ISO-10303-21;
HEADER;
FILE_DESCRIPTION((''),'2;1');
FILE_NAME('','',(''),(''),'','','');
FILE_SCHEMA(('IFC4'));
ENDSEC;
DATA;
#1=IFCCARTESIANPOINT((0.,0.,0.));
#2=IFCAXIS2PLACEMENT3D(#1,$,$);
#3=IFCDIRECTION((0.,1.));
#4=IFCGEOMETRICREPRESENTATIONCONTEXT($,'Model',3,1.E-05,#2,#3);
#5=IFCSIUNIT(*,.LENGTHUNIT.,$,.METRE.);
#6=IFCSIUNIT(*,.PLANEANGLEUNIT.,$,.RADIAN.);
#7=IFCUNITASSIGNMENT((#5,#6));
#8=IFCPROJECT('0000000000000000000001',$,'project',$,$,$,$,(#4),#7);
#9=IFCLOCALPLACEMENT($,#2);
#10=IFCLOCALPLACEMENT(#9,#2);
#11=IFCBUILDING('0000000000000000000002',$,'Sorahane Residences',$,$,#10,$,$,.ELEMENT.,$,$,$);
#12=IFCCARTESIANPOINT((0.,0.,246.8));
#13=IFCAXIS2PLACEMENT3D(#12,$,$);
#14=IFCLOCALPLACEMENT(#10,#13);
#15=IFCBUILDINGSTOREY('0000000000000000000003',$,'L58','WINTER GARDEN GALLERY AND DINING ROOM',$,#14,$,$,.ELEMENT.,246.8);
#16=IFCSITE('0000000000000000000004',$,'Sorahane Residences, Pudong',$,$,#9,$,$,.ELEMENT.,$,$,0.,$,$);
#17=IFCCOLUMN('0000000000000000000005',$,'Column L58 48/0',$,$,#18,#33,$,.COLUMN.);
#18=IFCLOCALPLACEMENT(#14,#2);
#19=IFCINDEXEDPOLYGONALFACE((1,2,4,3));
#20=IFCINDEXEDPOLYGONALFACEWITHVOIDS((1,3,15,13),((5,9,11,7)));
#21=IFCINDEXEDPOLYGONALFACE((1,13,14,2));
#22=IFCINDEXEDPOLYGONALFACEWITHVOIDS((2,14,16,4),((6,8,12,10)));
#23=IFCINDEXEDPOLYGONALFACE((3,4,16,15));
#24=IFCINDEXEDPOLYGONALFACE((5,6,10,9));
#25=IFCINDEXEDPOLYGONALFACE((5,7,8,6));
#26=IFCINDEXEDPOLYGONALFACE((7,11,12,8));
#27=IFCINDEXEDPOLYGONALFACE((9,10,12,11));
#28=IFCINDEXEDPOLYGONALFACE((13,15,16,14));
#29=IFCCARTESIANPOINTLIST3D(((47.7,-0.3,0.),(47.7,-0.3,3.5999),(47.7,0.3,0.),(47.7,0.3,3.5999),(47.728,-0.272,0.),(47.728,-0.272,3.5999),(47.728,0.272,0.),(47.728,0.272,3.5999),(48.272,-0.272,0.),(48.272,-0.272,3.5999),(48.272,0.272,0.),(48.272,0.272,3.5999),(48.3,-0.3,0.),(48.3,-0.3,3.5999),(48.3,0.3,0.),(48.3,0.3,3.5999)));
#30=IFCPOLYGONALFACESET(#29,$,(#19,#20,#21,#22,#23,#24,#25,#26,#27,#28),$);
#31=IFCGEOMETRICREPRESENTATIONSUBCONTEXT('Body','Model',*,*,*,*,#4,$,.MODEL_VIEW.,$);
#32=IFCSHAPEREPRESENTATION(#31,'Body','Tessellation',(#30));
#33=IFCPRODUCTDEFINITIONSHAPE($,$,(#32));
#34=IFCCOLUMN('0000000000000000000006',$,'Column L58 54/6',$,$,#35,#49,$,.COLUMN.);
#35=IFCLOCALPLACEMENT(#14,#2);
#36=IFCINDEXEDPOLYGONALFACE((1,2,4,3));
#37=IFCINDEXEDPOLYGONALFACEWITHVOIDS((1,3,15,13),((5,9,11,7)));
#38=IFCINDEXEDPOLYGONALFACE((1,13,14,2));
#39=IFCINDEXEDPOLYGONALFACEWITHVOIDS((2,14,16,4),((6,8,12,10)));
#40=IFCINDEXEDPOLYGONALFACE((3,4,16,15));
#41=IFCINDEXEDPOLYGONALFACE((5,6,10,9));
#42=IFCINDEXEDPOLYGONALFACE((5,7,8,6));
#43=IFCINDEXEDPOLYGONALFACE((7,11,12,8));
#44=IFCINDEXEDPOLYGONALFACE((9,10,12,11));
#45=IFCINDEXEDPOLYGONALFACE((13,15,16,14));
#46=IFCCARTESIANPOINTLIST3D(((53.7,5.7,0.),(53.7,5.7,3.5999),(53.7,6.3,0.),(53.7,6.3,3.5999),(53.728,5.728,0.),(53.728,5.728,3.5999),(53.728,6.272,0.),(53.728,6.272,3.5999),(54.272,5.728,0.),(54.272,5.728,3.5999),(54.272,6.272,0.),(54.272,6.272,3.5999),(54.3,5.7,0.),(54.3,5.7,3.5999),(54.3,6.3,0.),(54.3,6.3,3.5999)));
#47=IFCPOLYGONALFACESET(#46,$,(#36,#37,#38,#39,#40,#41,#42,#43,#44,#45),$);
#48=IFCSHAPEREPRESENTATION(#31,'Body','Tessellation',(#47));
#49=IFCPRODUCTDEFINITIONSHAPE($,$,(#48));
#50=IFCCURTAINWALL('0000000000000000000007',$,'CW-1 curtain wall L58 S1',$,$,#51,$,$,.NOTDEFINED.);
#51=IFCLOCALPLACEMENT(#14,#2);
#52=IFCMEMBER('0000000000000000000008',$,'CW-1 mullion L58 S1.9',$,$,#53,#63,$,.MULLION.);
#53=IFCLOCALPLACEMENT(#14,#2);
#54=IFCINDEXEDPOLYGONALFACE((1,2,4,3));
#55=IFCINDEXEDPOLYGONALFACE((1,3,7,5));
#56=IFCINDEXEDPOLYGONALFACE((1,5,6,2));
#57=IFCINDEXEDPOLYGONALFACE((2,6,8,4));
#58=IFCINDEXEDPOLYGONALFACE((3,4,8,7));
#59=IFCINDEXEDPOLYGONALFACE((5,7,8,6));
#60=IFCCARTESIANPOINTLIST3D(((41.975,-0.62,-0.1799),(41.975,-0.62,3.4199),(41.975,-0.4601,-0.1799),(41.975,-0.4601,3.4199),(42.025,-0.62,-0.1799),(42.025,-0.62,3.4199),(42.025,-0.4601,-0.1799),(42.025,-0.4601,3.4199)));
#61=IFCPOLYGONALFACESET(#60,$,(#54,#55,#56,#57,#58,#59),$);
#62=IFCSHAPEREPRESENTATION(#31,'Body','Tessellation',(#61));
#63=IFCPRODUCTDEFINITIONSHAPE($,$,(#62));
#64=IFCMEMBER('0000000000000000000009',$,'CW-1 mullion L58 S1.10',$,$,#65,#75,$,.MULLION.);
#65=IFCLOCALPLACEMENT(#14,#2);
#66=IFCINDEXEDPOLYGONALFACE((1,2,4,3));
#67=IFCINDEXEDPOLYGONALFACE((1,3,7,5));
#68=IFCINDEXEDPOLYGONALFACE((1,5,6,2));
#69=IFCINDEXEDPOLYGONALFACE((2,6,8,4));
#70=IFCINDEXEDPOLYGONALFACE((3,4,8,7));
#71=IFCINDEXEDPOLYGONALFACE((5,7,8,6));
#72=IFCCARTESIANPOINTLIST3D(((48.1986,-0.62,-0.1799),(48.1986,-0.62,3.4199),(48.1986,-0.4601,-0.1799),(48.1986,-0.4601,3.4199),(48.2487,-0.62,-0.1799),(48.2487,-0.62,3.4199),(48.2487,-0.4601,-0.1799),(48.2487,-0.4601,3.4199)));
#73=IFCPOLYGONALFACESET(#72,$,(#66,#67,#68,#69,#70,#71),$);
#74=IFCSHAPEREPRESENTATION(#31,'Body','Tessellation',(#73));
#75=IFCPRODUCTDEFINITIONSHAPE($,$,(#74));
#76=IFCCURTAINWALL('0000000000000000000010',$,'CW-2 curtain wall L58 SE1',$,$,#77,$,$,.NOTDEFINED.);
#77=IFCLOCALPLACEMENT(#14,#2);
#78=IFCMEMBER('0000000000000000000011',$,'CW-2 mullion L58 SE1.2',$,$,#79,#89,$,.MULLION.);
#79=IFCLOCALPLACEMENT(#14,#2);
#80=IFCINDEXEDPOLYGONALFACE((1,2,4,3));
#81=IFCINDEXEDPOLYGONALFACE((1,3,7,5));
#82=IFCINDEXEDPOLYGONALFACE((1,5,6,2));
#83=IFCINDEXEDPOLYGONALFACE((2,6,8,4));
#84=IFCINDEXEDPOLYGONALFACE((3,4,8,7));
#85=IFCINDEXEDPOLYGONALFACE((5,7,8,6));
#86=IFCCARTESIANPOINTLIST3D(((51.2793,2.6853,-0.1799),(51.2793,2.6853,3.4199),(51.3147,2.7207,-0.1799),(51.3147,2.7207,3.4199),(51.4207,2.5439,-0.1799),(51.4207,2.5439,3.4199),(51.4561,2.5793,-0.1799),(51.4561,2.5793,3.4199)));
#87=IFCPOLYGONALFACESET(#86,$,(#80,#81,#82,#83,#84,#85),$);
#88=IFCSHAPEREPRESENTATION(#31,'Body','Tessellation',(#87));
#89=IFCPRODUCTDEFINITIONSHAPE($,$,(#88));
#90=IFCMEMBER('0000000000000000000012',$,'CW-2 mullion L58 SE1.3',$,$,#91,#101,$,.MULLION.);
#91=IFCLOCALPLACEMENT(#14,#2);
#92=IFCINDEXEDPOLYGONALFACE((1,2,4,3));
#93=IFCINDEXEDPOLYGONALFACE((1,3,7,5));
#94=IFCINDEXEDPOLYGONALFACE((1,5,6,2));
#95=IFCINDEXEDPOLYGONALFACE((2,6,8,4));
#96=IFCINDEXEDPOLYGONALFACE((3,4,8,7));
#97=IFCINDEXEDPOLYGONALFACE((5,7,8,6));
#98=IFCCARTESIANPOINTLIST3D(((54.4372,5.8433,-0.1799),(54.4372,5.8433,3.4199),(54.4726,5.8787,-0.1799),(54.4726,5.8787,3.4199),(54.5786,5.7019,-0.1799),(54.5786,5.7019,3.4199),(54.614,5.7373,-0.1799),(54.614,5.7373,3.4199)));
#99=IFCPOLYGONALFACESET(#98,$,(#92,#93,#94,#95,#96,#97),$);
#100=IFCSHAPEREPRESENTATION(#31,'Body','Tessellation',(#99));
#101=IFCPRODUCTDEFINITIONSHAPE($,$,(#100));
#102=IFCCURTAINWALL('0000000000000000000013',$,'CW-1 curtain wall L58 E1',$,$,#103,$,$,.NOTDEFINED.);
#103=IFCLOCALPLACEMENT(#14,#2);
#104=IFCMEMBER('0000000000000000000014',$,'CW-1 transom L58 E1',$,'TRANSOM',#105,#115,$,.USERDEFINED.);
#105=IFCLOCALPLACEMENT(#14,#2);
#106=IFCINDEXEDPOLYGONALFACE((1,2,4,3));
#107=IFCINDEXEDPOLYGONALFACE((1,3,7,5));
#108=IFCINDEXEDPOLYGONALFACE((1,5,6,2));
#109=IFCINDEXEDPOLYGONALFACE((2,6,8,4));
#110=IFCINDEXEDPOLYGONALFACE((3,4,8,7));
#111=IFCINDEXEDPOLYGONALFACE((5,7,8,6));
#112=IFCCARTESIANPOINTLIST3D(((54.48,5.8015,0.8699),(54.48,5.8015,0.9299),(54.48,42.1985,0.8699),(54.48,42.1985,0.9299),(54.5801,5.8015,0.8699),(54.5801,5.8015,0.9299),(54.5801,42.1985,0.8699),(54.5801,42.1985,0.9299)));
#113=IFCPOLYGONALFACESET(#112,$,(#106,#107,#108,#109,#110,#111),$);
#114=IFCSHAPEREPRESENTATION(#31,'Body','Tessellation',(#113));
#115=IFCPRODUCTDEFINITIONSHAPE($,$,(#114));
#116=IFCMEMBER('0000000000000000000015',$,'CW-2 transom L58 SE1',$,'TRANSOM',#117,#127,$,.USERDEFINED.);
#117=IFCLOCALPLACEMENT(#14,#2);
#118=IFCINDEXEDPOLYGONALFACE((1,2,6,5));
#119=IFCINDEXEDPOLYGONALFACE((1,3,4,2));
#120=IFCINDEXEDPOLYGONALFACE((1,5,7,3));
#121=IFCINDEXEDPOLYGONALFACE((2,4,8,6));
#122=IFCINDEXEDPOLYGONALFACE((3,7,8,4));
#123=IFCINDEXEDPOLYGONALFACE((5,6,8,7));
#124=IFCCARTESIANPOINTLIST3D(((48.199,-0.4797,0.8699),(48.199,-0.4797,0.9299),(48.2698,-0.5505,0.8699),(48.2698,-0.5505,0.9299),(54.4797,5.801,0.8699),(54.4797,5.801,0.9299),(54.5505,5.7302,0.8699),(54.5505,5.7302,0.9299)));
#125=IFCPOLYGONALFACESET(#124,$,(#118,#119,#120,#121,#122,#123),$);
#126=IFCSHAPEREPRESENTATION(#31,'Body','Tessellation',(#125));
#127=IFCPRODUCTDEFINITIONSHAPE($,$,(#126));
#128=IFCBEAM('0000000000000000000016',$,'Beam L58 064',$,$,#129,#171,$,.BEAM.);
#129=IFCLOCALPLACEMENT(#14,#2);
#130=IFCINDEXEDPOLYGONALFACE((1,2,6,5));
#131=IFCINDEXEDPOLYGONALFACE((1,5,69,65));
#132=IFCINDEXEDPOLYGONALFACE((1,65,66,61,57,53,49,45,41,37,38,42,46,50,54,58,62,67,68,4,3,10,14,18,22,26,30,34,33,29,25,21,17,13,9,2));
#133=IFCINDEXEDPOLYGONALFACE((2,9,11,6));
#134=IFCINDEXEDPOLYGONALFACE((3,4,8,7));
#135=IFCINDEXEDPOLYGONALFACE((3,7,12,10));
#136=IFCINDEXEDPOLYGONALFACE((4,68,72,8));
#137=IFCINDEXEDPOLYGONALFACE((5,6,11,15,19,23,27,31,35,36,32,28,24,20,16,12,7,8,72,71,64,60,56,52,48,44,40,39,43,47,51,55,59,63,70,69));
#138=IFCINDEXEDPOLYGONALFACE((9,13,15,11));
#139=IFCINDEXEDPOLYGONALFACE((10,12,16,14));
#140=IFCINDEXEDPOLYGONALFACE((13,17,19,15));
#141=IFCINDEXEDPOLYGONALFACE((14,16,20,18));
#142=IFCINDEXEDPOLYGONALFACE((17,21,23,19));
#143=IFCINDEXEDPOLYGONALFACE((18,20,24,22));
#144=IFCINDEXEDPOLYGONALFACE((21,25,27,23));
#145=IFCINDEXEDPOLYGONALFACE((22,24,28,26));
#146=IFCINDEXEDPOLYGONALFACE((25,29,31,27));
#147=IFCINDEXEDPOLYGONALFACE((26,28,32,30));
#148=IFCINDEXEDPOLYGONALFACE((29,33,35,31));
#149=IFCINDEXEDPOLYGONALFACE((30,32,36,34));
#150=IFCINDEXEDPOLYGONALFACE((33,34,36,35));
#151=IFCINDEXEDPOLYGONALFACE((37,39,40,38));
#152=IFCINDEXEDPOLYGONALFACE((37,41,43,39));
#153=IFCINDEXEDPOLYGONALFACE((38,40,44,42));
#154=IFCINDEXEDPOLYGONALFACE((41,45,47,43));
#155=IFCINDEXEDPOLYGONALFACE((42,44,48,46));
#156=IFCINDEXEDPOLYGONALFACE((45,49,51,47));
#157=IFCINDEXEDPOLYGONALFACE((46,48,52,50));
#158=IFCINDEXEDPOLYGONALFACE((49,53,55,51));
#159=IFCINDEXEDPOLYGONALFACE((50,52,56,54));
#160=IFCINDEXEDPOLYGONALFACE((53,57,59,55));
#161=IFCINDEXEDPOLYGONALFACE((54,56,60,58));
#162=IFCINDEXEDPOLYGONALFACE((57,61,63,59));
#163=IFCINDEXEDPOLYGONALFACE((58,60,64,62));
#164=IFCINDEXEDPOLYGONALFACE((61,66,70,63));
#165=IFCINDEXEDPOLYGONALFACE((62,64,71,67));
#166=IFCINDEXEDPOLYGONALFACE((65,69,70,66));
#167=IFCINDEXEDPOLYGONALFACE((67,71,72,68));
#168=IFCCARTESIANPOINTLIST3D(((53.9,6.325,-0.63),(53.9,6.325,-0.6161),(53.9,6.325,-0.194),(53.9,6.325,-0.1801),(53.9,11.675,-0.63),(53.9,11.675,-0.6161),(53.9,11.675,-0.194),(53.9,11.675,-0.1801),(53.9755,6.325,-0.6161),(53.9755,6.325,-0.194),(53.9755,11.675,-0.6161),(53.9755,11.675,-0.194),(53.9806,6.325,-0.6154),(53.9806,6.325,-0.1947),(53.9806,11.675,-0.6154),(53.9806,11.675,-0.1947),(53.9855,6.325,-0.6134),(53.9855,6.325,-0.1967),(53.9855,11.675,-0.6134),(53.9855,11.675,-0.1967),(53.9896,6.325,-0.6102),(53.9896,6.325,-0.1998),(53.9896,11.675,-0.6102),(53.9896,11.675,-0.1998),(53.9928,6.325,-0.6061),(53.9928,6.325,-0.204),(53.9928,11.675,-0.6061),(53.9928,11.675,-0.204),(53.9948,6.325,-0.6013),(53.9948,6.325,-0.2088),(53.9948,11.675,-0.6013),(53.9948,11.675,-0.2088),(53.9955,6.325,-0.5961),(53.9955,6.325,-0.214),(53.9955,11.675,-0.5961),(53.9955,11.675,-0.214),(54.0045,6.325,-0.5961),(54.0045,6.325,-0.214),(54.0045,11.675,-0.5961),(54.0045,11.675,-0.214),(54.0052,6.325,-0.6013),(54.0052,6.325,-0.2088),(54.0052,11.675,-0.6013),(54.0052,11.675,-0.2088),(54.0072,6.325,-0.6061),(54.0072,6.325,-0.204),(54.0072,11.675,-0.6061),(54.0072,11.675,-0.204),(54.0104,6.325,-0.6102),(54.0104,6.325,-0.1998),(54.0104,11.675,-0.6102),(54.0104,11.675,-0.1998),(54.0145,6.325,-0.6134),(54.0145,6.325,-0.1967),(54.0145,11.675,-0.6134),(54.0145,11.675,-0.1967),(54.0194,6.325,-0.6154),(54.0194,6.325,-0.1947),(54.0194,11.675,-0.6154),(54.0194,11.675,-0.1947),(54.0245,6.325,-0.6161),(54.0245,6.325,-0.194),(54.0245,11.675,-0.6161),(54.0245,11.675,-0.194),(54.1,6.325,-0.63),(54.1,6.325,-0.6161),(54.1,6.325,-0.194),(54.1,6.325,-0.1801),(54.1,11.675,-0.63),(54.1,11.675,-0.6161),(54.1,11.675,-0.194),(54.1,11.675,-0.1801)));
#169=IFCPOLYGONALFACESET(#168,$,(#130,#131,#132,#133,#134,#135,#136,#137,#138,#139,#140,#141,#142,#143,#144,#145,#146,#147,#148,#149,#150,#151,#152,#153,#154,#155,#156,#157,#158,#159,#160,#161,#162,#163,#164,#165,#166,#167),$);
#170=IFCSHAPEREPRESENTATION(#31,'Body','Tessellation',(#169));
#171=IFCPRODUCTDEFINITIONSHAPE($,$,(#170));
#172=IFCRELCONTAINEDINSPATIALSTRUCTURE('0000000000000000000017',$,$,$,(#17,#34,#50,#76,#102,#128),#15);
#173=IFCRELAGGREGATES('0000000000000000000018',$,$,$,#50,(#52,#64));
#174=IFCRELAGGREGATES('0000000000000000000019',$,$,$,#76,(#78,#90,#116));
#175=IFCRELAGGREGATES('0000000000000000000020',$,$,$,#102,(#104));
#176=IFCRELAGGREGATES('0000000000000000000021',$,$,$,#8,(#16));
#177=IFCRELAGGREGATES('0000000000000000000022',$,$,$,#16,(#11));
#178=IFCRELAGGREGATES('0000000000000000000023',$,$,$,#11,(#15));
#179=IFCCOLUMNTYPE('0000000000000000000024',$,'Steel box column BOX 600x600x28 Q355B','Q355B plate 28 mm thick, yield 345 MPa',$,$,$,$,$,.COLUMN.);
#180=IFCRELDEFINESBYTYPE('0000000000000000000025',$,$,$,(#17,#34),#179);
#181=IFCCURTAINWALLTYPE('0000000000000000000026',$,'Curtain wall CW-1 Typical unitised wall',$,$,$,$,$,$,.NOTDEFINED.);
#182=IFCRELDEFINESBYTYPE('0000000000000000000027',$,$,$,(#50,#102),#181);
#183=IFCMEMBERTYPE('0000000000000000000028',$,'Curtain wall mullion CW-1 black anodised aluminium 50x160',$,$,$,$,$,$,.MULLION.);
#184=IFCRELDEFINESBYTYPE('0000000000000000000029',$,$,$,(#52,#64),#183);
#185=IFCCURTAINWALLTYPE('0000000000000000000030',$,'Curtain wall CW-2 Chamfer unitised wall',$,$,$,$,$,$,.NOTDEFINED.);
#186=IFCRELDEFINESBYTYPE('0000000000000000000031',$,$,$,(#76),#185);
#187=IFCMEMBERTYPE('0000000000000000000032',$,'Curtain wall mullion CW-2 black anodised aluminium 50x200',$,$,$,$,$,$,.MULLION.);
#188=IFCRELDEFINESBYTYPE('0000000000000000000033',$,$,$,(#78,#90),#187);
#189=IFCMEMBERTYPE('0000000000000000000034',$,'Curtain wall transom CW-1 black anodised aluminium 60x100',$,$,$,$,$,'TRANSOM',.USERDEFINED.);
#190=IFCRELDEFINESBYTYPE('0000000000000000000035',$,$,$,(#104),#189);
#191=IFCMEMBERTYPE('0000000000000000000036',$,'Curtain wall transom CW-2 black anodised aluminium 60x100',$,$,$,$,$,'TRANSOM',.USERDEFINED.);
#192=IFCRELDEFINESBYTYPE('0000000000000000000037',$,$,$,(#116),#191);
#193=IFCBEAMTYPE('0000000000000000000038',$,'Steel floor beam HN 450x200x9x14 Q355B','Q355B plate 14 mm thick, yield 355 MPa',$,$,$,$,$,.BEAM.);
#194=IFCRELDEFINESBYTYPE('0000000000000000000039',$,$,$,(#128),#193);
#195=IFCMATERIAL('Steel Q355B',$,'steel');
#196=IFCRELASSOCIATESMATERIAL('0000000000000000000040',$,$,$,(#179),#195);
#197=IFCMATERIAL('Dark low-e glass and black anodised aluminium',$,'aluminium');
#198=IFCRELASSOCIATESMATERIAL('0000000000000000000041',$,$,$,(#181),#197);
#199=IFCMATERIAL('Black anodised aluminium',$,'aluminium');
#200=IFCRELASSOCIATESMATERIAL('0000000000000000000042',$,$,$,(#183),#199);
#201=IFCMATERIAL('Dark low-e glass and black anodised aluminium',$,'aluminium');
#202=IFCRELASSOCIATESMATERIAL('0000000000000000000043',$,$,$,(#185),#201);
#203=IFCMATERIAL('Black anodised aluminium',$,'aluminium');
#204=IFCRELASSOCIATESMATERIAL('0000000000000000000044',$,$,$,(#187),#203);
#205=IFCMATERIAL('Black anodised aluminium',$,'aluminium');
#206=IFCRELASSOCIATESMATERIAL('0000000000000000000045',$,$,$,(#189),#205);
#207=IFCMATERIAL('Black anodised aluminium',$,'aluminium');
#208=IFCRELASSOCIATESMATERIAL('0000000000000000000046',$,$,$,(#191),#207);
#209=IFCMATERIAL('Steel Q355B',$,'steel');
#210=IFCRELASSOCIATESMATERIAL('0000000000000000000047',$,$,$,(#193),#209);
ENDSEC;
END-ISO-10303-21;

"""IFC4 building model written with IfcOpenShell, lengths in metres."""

from ifc_helpers import new_model, si_unit, direction, frame, origin, origin_2d, place, context, subcontext, project, spatial, rectangle, hollow_rectangle, i_section, extrude, material, material_profile, profile_set, type_object, element, aggregate, save


model = new_model("IFC4")

# Units and contexts
model_context = context("Model", 3, precision=1e-05, world=origin(), true_north=direction((0.0, 1.0)))
body_context = subcontext(model_context, "Body", "Model", "MODEL_VIEW")
ifc_project = project(units=[si_unit("LENGTHUNIT", "METRE"), si_unit("PLANEANGLEUNIT", "RADIAN")], contexts=[model_context])

# Site, building, storey
site_placement = place(None, origin())
site = spatial("IfcSite", under=ifc_project, at=site_placement, Name="Sorahane Residences, Pudong", CompositionType="ELEMENT", RefElevation=0.0)
building_placement = place(site_placement, origin())
building = spatial("IfcBuilding", under=site, at=building_placement, Name="Sorahane Residences", CompositionType="ELEMENT")
storey_placement = place(building_placement, frame((0.0, 0.0, 246.8)))
storey = spatial("IfcBuildingStorey", under=building, at=storey_placement, Name="L58", Description="WINTER GARDEN GALLERY AND DINING ROOM", CompositionType="ELEMENT", Elevation=246.8)

# Columns
ifc_material_1 = material(Name="Steel Q355B", Category="steel")
ifc_material_profile_1 = material_profile(ifc_material_1, hollow_rectangle(XDim=0.6001, YDim=0.6001, WallThickness=0.0281, at=origin_2d()), Name="BOX 600x600x28")
ifc_profile_set_1 = profile_set([ifc_material_profile_1], Name="Steel Q355B")
column_type = type_object("IfcColumnType", Name="Steel box column BOX 600x600x28 Q355B", Description="Q355B plate 28 mm thick, yield 345 MPa", PredefinedType="COLUMN", material=ifc_profile_set_1)
for number, where, z_axis, x_axis, name in (
    (1, (48.0, 0.0, 0.0), (0.0, 0.0, 1.0), (1.0, 0.0, 0.0), "Column L58 48/0"),
    (2, (54.0, 6.0, 0.0), (0.0, 0.0, 1.0), (1.0, 0.0, 0.0), "Column L58 54/6"),
):
    element("IfcColumn", number, at=place(storey_placement, frame(where, z_axis=z_axis, x_axis=x_axis)), inside=storey, type_object=column_type, Name=name, PredefinedType="COLUMN", context=body_context, shape_type="SweptSolid", body=[
        extrude(hollow_rectangle(XDim=0.6001, YDim=0.6001, WallThickness=0.0281, at=origin_2d()), origin(), (0.0, 0.0, 1.0), 3.5999),
    ])

# Curtain walls, members
ifc_material_2 = material(Name="Dark low-e glass and black anodised aluminium", Category="aluminium")
curtain_wall_type_1 = type_object("IfcCurtainWallType", Name="Curtain wall CW-1 Typical unitised wall", PredefinedType="NOTDEFINED", material=ifc_material_2)
curtain_wall_1_placement = place(storey_placement, origin())
curtain_wall_1 = element("IfcCurtainWall", 3, at=curtain_wall_1_placement, inside=storey, type_object=curtain_wall_type_1, Name="CW-1 curtain wall L58 S1", PredefinedType="NOTDEFINED")
ifc_material_3 = material(Name="Black anodised aluminium", Category="aluminium")
ifc_material_profile_2 = material_profile(ifc_material_3, rectangle(XDim=0.1599, YDim=0.05, at=origin_2d()), Name="Curtain wall mullion CW-1 black anodised aluminium 50x160")
ifc_profile_set_2 = profile_set([ifc_material_profile_2], Name="Black anodised aluminium")
member_type_1 = type_object("IfcMemberType", Name="Curtain wall mullion CW-1 black anodised aluminium 50x160", PredefinedType="MULLION", material=ifc_profile_set_2)
member_1_placement = place(storey_placement, frame((42.0, -0.54, -0.1799), z_axis=(0.0, 0.0, 1.0), x_axis=(0.0, -1.0, 0.0)))
member_1 = element("IfcMember", 4, at=member_1_placement, type_object=member_type_1, Name="CW-1 mullion L58 S1.9", PredefinedType="MULLION", context=body_context, shape_type="SweptSolid", body=[
    extrude(rectangle(XDim=0.1599, YDim=0.05, at=origin_2d()), origin(), (0.0, 0.0, 1.0), 3.5999),
])
member_2_placement = place(storey_placement, frame((48.2236, -0.54, -0.1799), z_axis=(0.0, 0.0, 1.0), x_axis=(0.0, -1.0, 0.0)))
member_2 = element("IfcMember", 5, at=member_2_placement, type_object=member_type_1, Name="CW-1 mullion L58 S1.10", PredefinedType="MULLION", context=body_context, shape_type="SweptSolid", body=[
    extrude(rectangle(XDim=0.1599, YDim=0.05, at=origin_2d()), origin(), (0.0, 0.0, 1.0), 3.5999),
])
ifc_material_4 = material(Name="Dark low-e glass and black anodised aluminium", Category="aluminium")
curtain_wall_type_2 = type_object("IfcCurtainWallType", Name="Curtain wall CW-2 Chamfer unitised wall", PredefinedType="NOTDEFINED", material=ifc_material_4)
curtain_wall_2_placement = place(storey_placement, origin())
curtain_wall_2 = element("IfcCurtainWall", 6, at=curtain_wall_2_placement, inside=storey, type_object=curtain_wall_type_2, Name="CW-2 curtain wall L58 SE1", PredefinedType="NOTDEFINED")
ifc_material_5 = material(Name="Black anodised aluminium", Category="aluminium")
ifc_material_profile_3 = material_profile(ifc_material_5, rectangle(XDim=0.2, YDim=0.05, at=origin_2d()), Name="Curtain wall mullion CW-2 black anodised aluminium 50x200")
ifc_profile_set_3 = profile_set([ifc_material_profile_3], Name="Black anodised aluminium")
member_type_2 = type_object("IfcMemberType", Name="Curtain wall mullion CW-2 black anodised aluminium 50x200", PredefinedType="MULLION", material=ifc_profile_set_3)
member_3_placement = place(storey_placement, frame((51.3677, 2.6323, -0.1799), z_axis=(0.0, 0.0, 1.0), x_axis=(0.707107, -0.707107, 0.0)))
member_3 = element("IfcMember", 7, at=member_3_placement, type_object=member_type_2, Name="CW-2 mullion L58 SE1.2", PredefinedType="MULLION", context=body_context, shape_type="SweptSolid", body=[
    extrude(rectangle(XDim=0.2, YDim=0.05, at=origin_2d()), origin(), (0.0, 0.0, 1.0), 3.5999),
])
member_4_placement = place(storey_placement, frame((54.5256, 5.7903, -0.1799), z_axis=(0.0, 0.0, 1.0), x_axis=(0.707107, -0.707107, 0.0)))
member_4 = element("IfcMember", 8, at=member_4_placement, type_object=member_type_2, Name="CW-2 mullion L58 SE1.3", PredefinedType="MULLION", context=body_context, shape_type="SweptSolid", body=[
    extrude(rectangle(XDim=0.2, YDim=0.05, at=origin_2d()), origin(), (0.0, 0.0, 1.0), 3.5999),
])

# Curtain wall, member
curtain_wall_3_placement = place(storey_placement, origin())
curtain_wall_3 = element("IfcCurtainWall", 9, at=curtain_wall_3_placement, inside=storey, type_object=curtain_wall_type_1, Name="CW-1 curtain wall L58 E1", PredefinedType="NOTDEFINED")
ifc_material_6 = material(Name="Black anodised aluminium", Category="aluminium")
ifc_material_profile_4 = material_profile(ifc_material_6, rectangle(XDim=0.1001, YDim=0.0601, at=origin_2d()), Name="Curtain wall transom CW-1 black anodised aluminium 60x100")
ifc_profile_set_4 = profile_set([ifc_material_profile_4], Name="Black anodised aluminium")
member_type_3 = type_object("IfcMemberType", Name="Curtain wall transom CW-1 black anodised aluminium 60x100", ElementType="TRANSOM", PredefinedType="USERDEFINED", material=ifc_profile_set_4)
member_5_placement = place(storey_placement, frame((54.53, 5.8015, 0.8999), z_axis=(0.0, 1.0, 0.0), x_axis=(-1.0, 0.0, 0.0)))
member_5 = element("IfcMember", 10, at=member_5_placement, type_object=member_type_3, Name="CW-1 transom L58 E1", ObjectType="TRANSOM", PredefinedType="USERDEFINED", context=body_context, shape_type="SweptSolid", body=[
    extrude(rectangle(XDim=0.1001, YDim=0.0601, at=origin_2d()), origin(), (0.0, 0.0, 1.0), 36.397),
])

# Member
ifc_material_7 = material(Name="Black anodised aluminium", Category="aluminium")
ifc_material_profile_5 = material_profile(ifc_material_7, rectangle(XDim=0.1001, YDim=0.0601, at=origin_2d()), Name="Curtain wall transom CW-2 black anodised aluminium 60x100")
ifc_profile_set_5 = profile_set([ifc_material_profile_5], Name="Black anodised aluminium")
member_type_4 = type_object("IfcMemberType", Name="Curtain wall transom CW-2 black anodised aluminium 60x100", ElementType="TRANSOM", PredefinedType="USERDEFINED", material=ifc_profile_set_5)
member_6_placement = place(storey_placement, frame((48.2344, -0.5151, 0.8999), z_axis=(0.707107, 0.707107, 0.0), x_axis=(-0.707107, 0.707107, 0.0)))
member_6 = element("IfcMember", 11, at=member_6_placement, type_object=member_type_4, Name="CW-2 transom L58 SE1", ObjectType="TRANSOM", PredefinedType="USERDEFINED", context=body_context, shape_type="SweptSolid", body=[
    extrude(rectangle(XDim=0.1001, YDim=0.0601, at=origin_2d()), origin(), (0.0, 0.0, 1.0), 8.8823),
])

# Beam
ifc_material_8 = material(Name="Steel Q355B", Category="steel")
ifc_material_profile_6 = material_profile(ifc_material_8, i_section(OverallWidth=0.2, OverallDepth=0.45, WebThickness=0.009, FlangeThickness=0.0139, FilletRadius=0.02, at=origin_2d()), Name="HN 450x200x9x14")
ifc_profile_set_6 = profile_set([ifc_material_profile_6], Name="Steel Q355B")
beam_type_1 = type_object("IfcBeamType", Name="Steel floor beam HN 450x200x9x14 Q355B", Description="Q355B plate 14 mm thick, yield 355 MPa", PredefinedType="BEAM", material=ifc_profile_set_6)
beam_1_placement = place(storey_placement, frame((54.0, 6.325, -0.405), z_axis=(0.0, 1.0, 0.0), x_axis=(-1.0, 0.0, 0.0)))
element("IfcBeam", 12, at=beam_1_placement, inside=storey, type_object=beam_type_1, Name="Beam L58 064", PredefinedType="BEAM", context=body_context, shape_type="SweptSolid", body=[
    extrude(i_section(OverallWidth=0.2, OverallDepth=0.45, WebThickness=0.009, FlangeThickness=0.0139, FilletRadius=0.02, at=origin_2d()), origin(), (0.0, 0.0, 1.0), 5.3501),
])

aggregate(curtain_wall_1, [member_1, member_2])
aggregate(curtain_wall_2, [member_3, member_4, member_6])
aggregate(curtain_wall_3, [member_5])

save(model, "model.ifc")
